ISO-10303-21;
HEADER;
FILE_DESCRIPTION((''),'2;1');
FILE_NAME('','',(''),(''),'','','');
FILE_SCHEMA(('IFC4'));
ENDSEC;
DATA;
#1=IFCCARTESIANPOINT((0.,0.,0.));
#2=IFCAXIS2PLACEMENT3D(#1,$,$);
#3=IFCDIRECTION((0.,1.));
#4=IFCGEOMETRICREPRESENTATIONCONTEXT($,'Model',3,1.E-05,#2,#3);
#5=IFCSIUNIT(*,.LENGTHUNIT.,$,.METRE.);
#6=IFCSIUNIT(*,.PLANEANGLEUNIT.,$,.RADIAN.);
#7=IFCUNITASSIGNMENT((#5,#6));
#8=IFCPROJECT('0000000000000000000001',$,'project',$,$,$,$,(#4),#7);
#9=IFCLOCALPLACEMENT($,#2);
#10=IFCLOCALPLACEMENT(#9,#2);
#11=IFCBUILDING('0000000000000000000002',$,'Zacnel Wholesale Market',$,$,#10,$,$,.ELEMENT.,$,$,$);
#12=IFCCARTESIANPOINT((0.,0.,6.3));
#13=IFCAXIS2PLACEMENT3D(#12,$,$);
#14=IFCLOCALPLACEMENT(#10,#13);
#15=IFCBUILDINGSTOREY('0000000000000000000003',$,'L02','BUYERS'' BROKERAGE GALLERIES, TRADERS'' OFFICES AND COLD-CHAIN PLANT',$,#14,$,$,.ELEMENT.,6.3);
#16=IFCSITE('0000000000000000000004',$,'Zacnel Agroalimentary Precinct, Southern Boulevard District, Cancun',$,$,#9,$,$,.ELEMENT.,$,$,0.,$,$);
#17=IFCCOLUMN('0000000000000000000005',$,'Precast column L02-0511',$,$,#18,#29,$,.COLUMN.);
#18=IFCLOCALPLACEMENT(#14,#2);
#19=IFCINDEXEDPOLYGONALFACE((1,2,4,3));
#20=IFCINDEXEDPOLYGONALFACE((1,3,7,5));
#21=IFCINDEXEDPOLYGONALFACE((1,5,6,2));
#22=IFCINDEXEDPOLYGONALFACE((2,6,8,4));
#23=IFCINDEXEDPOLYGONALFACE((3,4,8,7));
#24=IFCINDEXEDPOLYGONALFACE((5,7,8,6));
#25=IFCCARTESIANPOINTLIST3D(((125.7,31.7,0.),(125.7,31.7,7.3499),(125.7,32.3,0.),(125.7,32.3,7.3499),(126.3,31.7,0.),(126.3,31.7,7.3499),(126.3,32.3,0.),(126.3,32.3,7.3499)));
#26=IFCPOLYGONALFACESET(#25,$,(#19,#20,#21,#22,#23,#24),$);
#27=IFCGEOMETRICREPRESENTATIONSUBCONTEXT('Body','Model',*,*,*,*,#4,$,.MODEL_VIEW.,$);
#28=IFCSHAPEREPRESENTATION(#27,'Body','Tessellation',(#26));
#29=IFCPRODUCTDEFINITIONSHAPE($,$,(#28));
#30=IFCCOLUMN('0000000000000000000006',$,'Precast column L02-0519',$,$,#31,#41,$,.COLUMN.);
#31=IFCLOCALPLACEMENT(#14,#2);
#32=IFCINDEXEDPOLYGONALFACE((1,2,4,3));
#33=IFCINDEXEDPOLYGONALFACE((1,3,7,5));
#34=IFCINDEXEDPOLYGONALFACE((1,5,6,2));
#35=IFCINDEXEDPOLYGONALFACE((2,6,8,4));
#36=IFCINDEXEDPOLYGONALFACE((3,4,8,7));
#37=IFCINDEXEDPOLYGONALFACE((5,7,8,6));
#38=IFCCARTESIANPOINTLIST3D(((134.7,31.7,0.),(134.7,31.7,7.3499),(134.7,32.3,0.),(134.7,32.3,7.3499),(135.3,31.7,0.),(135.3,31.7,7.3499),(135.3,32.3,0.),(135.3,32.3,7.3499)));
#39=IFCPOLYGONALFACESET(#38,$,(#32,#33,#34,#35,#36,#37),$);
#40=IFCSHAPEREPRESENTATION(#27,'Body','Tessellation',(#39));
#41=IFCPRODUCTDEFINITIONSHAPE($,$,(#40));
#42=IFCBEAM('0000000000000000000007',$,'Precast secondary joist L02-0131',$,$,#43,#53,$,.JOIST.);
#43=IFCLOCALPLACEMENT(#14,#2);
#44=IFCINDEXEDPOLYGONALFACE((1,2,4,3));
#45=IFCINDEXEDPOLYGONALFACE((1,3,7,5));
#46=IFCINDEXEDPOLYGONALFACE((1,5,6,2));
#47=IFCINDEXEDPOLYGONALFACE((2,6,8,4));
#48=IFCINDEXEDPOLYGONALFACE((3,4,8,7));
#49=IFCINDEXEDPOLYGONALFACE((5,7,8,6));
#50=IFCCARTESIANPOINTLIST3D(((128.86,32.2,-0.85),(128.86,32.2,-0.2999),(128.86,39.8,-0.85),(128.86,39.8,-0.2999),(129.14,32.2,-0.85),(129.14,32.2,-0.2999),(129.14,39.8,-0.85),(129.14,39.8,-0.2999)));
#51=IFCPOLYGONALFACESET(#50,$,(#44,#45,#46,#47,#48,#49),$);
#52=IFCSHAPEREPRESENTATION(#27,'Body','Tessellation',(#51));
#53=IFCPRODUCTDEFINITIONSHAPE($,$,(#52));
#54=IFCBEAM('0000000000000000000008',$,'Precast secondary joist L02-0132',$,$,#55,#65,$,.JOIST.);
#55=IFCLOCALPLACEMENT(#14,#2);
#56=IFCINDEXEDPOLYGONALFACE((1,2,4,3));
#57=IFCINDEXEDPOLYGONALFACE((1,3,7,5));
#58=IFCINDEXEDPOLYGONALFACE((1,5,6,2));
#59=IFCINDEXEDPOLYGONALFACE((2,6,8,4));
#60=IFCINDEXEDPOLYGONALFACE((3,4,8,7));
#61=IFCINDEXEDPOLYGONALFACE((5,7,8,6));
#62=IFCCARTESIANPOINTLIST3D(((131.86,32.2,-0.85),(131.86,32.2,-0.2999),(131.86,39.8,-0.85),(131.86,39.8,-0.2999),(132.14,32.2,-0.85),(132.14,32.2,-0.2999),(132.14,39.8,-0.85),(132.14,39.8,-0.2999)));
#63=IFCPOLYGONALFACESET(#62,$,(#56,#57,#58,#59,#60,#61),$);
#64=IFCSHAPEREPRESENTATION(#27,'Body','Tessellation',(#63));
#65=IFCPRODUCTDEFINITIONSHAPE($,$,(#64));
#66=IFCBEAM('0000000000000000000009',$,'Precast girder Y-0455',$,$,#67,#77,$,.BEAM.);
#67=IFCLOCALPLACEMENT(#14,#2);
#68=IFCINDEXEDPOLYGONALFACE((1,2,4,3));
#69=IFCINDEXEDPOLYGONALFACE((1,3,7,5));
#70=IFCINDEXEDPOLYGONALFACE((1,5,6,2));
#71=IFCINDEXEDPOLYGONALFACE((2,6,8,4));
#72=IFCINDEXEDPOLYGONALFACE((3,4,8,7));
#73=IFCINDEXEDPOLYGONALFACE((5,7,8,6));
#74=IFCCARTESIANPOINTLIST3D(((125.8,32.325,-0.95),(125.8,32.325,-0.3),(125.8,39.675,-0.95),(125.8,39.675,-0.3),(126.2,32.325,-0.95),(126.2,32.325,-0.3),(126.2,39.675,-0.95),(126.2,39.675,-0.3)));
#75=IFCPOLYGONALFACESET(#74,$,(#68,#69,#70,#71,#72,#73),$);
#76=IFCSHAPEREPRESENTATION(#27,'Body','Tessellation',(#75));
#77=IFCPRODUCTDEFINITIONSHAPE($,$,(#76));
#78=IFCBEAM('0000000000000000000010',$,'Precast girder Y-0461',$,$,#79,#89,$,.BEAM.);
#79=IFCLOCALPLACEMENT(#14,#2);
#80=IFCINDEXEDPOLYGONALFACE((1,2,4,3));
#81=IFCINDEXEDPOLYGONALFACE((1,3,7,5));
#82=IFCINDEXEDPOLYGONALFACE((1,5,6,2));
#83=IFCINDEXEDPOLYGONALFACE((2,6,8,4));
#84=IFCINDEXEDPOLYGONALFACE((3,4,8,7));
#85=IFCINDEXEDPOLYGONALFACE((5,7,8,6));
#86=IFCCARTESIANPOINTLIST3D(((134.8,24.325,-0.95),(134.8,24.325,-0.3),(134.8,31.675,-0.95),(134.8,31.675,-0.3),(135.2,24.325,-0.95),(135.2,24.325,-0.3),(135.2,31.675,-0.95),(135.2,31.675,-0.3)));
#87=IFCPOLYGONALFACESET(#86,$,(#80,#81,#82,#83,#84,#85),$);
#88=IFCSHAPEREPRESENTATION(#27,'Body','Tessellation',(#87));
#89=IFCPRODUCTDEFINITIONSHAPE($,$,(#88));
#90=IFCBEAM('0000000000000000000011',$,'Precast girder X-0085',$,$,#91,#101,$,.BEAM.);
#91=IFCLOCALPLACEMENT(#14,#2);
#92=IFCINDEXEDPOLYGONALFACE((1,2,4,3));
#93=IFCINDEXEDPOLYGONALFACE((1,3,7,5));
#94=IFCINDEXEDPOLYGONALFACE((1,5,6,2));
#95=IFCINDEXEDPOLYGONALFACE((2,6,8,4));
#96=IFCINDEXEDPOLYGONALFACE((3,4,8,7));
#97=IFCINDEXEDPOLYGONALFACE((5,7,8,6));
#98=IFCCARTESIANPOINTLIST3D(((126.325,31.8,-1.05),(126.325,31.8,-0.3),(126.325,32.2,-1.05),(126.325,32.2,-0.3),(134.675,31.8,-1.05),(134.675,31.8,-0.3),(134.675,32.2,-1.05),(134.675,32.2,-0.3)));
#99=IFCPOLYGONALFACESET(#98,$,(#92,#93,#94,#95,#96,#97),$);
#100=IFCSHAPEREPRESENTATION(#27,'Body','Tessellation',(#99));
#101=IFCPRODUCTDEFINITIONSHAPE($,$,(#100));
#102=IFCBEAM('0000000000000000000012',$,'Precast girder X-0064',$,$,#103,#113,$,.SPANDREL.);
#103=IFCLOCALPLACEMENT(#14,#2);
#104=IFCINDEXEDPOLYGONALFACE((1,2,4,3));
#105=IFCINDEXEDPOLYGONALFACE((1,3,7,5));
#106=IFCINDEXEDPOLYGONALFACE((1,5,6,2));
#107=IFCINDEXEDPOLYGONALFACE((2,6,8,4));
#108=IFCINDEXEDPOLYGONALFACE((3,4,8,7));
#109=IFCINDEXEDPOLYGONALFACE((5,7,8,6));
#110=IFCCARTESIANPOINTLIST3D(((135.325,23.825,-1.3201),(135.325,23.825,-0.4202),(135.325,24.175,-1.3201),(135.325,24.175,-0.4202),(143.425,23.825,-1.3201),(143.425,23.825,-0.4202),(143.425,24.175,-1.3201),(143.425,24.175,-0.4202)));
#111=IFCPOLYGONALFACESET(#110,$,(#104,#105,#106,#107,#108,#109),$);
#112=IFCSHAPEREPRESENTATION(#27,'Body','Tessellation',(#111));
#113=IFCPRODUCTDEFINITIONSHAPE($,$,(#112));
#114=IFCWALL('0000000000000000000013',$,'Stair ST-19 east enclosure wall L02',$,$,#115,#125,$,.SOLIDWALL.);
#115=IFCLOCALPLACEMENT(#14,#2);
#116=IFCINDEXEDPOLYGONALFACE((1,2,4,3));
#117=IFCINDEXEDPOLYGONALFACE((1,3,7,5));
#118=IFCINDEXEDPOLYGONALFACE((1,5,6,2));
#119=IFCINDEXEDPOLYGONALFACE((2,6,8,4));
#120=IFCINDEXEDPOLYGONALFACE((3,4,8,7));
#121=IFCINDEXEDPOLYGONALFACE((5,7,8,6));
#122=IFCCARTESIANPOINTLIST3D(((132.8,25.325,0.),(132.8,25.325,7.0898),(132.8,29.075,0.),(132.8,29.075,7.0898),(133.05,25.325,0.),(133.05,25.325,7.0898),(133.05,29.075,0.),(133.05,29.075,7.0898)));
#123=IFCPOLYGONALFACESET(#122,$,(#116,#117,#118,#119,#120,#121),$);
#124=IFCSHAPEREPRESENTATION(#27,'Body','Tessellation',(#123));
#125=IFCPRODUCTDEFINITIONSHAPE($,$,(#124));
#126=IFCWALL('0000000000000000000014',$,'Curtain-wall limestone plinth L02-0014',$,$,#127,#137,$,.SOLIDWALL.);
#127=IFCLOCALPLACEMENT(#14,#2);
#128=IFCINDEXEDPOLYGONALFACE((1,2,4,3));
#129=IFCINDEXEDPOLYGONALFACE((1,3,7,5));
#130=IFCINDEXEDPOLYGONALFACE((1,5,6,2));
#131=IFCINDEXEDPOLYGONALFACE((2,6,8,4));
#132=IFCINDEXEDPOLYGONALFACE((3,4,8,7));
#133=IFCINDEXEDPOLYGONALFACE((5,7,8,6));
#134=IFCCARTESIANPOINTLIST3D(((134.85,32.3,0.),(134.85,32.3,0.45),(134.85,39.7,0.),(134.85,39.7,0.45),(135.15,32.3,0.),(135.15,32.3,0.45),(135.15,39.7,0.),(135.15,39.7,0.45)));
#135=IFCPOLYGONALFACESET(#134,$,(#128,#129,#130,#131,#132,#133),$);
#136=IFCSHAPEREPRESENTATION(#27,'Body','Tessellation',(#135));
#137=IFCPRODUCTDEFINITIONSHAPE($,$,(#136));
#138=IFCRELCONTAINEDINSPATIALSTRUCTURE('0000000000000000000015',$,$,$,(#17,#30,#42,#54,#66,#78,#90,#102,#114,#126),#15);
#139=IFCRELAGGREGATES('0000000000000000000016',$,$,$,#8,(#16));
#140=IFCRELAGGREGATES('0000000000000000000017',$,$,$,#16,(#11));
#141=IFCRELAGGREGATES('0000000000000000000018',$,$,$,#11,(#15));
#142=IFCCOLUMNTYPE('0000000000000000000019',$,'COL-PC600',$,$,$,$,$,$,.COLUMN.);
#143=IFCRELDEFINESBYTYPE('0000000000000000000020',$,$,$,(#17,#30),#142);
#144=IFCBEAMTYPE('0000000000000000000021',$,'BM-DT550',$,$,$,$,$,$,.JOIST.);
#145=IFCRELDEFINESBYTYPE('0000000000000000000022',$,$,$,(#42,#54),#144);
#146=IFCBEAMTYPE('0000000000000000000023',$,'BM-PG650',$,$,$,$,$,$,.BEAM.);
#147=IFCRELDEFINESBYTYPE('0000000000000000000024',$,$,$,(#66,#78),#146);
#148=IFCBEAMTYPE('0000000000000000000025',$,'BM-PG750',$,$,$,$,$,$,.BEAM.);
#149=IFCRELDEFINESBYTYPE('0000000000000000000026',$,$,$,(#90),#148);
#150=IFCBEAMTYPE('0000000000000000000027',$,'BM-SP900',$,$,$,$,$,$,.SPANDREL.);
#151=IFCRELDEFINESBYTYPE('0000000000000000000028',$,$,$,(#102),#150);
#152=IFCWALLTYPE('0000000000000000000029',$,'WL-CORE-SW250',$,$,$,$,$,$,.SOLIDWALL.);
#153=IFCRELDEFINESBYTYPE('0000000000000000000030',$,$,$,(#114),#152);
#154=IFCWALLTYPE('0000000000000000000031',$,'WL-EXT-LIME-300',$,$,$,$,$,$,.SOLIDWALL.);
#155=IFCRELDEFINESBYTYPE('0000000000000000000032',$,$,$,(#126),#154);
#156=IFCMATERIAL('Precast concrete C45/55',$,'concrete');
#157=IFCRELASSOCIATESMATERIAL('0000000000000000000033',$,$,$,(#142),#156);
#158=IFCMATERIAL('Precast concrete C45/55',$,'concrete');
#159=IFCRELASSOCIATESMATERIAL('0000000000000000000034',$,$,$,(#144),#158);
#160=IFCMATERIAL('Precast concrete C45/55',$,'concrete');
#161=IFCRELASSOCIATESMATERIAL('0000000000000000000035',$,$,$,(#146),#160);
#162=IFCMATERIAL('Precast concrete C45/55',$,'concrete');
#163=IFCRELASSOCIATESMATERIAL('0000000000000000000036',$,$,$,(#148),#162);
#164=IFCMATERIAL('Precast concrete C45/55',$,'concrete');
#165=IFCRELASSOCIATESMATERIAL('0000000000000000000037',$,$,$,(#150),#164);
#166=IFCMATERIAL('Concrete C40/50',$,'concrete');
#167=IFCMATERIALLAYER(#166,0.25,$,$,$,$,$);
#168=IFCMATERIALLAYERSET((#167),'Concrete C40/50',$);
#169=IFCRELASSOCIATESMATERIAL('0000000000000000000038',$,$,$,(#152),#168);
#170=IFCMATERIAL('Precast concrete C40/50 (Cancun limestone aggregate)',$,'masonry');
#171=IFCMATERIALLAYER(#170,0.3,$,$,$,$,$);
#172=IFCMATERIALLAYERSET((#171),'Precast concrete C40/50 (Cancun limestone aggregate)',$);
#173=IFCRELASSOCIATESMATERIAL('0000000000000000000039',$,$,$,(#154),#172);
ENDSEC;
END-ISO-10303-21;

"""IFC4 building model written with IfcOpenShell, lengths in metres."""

from ifc_helpers import new_model, si_unit, direction, frame, frame_2d, origin, origin_2d, place, context, subcontext, project, spatial, rectangle, extrude, material, layer, layer_set, material_profile, profile_set, type_object, element, save


model = new_model("IFC4")

# Units and contexts
model_context = context("Model", 3, precision=1e-05, world=origin(), true_north=direction((0.0, 1.0)))
body_context = subcontext(model_context, "Body", "Model", "MODEL_VIEW")
ifc_project = project(units=[si_unit("LENGTHUNIT", "METRE"), si_unit("PLANEANGLEUNIT", "RADIAN")], contexts=[model_context])

# Site, building, storey
site_placement = place(None, origin())
site = spatial("IfcSite", under=ifc_project, at=site_placement, Name="Zacnel Agroalimentary Precinct, Southern Boulevard District, Cancun", CompositionType="ELEMENT", RefElevation=0.0)
building_placement = place(site_placement, origin())
building = spatial("IfcBuilding", under=site, at=building_placement, Name="Zacnel Wholesale Market", CompositionType="ELEMENT")
storey_placement = place(building_placement, frame((0.0, 0.0, 6.3)))
storey = spatial("IfcBuildingStorey", under=building, at=storey_placement, Name="L02", Description="BUYERS' BROKERAGE GALLERIES, TRADERS' OFFICES AND COLD-CHAIN PLANT", CompositionType="ELEMENT", Elevation=6.3)

# Columns
ifc_material_1 = material(Name="Precast concrete C45/55", Category="concrete")
ifc_material_profile_1 = material_profile(ifc_material_1, rectangle(XDim=0.6001, YDim=0.6001, at=origin_2d()), Name="PC 600x600")
ifc_profile_set_1 = profile_set([ifc_material_profile_1], Name="Precast concrete C45/55")
column_type = type_object("IfcColumnType", Name="COL-PC600", PredefinedType="COLUMN", material=ifc_profile_set_1)
for number, where, z_axis, x_axis, name in (
    (1, (126.0, 32.0, 0.0), (0.0, 0.0, 1.0), (1.0, 0.0, 0.0), "Precast column L02-0511"),
    (2, (135.0, 32.0, 0.0), (0.0, 0.0, 1.0), (1.0, 0.0, 0.0), "Precast column L02-0519"),
):
    element("IfcColumn", number, at=place(storey_placement, frame(where, z_axis=z_axis, x_axis=x_axis)), inside=storey, type_object=column_type, Name=name, PredefinedType="COLUMN", context=body_context, shape_type="SweptSolid", body=[
        extrude(rectangle(XDim=0.6001, YDim=0.6001, at=origin_2d()), origin(), (0.0, 0.0, 1.0), 7.3499),
    ])

# Beams
ifc_material_2 = material(Name="Precast concrete C45/55", Category="concrete")
ifc_material_profile_2 = material_profile(ifc_material_2, rectangle(XDim=0.28, YDim=0.55, at=origin_2d()), Name="DT RIB 280x550")
ifc_profile_set_2 = profile_set([ifc_material_profile_2], Name="Precast concrete C45/55")
beam_type_1 = type_object("IfcBeamType", Name="BM-DT550", PredefinedType="JOIST", material=ifc_profile_set_2)
for number, where, z_axis, x_axis, name in (
    (3, (129.0, 32.2, -0.575), (0.0, 1.0, 0.0), (-1.0, 0.0, 0.0), "Precast secondary joist L02-0131"),
    (4, (132.0, 32.2, -0.575), (0.0, 1.0, 0.0), (-1.0, 0.0, 0.0), "Precast secondary joist L02-0132"),
):
    element("IfcBeam", number, at=place(storey_placement, frame(where, z_axis=z_axis, x_axis=x_axis)), inside=storey, type_object=beam_type_1, Name=name, PredefinedType="JOIST", context=body_context, shape_type="SweptSolid", body=[
        extrude(rectangle(XDim=0.28, YDim=0.55, at=origin_2d()), origin(), (0.0, 0.0, 1.0), 7.6001),
    ])
ifc_material_3 = material(Name="Precast concrete C45/55", Category="concrete")
ifc_material_profile_3 = material_profile(ifc_material_3, rectangle(XDim=0.3999, YDim=0.6499, at=origin_2d()), Name="PG 400x650")
ifc_profile_set_3 = profile_set([ifc_material_profile_3], Name="Precast concrete C45/55")
beam_type_2 = type_object("IfcBeamType", Name="BM-PG650", PredefinedType="BEAM", material=ifc_profile_set_3)
for number, where, z_axis, x_axis, name in (
    (5, (126.0, 32.325, -0.625), (0.0, 1.0, 0.0), (-1.0, 0.0, 0.0), "Precast girder Y-0455"),
    (6, (135.0, 24.325, -0.625), (0.0, 1.0, 0.0), (-1.0, 0.0, 0.0), "Precast girder Y-0461"),
):
    element("IfcBeam", number, at=place(storey_placement, frame(where, z_axis=z_axis, x_axis=x_axis)), inside=storey, type_object=beam_type_2, Name=name, PredefinedType="BEAM", context=body_context, shape_type="SweptSolid", body=[
        extrude(rectangle(XDim=0.3999, YDim=0.6499, at=origin_2d()), origin(), (0.0, 0.0, 1.0), 7.3501),
    ])
ifc_material_4 = material(Name="Precast concrete C45/55", Category="concrete")
ifc_material_profile_4 = material_profile(ifc_material_4, rectangle(XDim=0.3999, YDim=0.75, at=origin_2d()), Name="PG 400x750")
ifc_profile_set_4 = profile_set([ifc_material_profile_4], Name="Precast concrete C45/55")
beam_type_3 = type_object("IfcBeamType", Name="BM-PG750", PredefinedType="BEAM", material=ifc_profile_set_4)
beam_1_placement = place(storey_placement, frame((126.325, 32.0, -0.675), z_axis=(1.0, 0.0, 0.0), x_axis=(0.0, 1.0, 0.0)))
element("IfcBeam", 7, at=beam_1_placement, inside=storey, type_object=beam_type_3, Name="Precast girder X-0085", PredefinedType="BEAM", context=body_context, shape_type="SweptSolid", body=[
    extrude(rectangle(XDim=0.3999, YDim=0.75, at=origin_2d()), origin(), (0.0, 0.0, 1.0), 8.3501),
])
ifc_material_5 = material(Name="Precast concrete C45/55", Category="concrete")
ifc_material_profile_5 = material_profile(ifc_material_5, rectangle(XDim=0.3501, YDim=0.8999, at=origin_2d()), Name="SP 350x900")
ifc_profile_set_5 = profile_set([ifc_material_profile_5], Name="Precast concrete C45/55")
beam_type_4 = type_object("IfcBeamType", Name="BM-SP900", PredefinedType="SPANDREL", material=ifc_profile_set_5)
beam_2_placement = place(storey_placement, frame((135.325, 24.0, -0.8701), z_axis=(1.0, 0.0, 0.0), x_axis=(0.0, 1.0, 0.0)))
element("IfcBeam", 8, at=beam_2_placement, inside=storey, type_object=beam_type_4, Name="Precast girder X-0064", PredefinedType="SPANDREL", context=body_context, shape_type="SweptSolid", body=[
    extrude(rectangle(XDim=0.3501, YDim=0.8999, at=origin_2d()), origin(), (0.0, 0.0, 1.0), 8.1001),
])

# Walls
ifc_material_6 = material(Name="Concrete C40/50", Category="concrete")
ifc_layer_1 = layer(ifc_material_6, 0.25)
ifc_layer_set_1 = layer_set([ifc_layer_1], Name="Concrete C40/50")
wall_type_1 = type_object("IfcWallType", Name="WL-CORE-SW250", PredefinedType="SOLIDWALL", material=ifc_layer_set_1)
wall_1_placement = place(storey_placement, frame((132.925, 25.325, 0.0), z_axis=(0.0, 0.0, 1.0), x_axis=(0.0, 1.0, 0.0)))
element("IfcWall", 9, at=wall_1_placement, inside=storey, type_object=wall_type_1, Name="Stair ST-19 east enclosure wall L02", PredefinedType="SOLIDWALL", context=body_context, shape_type="SweptSolid", body=[
    extrude(rectangle(XDim=3.75, YDim=0.25, at=frame_2d((1.875, 0.0))), origin(), (0.0, 0.0, 1.0), 7.0898),
])
ifc_material_7 = material(Name="Precast concrete C40/50 (Cancun limestone aggregate)", Category="masonry")
ifc_layer_2 = layer(ifc_material_7, 0.3)
ifc_layer_set_2 = layer_set([ifc_layer_2], Name="Precast concrete C40/50 (Cancun limestone aggregate)")
wall_type_2 = type_object("IfcWallType", Name="WL-EXT-LIME-300", PredefinedType="SOLIDWALL", material=ifc_layer_set_2)
wall_2_placement = place(storey_placement, frame((135.0, 32.3, 0.0), z_axis=(0.0, 0.0, 1.0), x_axis=(0.0, 1.0, 0.0)))
element("IfcWall", 10, at=wall_2_placement, inside=storey, type_object=wall_type_2, Name="Curtain-wall limestone plinth L02-0014", PredefinedType="SOLIDWALL", context=body_context, shape_type="SweptSolid", body=[
    extrude(rectangle(XDim=7.3999, YDim=0.3, at=frame_2d((3.7, 0.0))), origin(), (0.0, 0.0, 1.0), 0.45),
])

save(model, "model.ifc")
